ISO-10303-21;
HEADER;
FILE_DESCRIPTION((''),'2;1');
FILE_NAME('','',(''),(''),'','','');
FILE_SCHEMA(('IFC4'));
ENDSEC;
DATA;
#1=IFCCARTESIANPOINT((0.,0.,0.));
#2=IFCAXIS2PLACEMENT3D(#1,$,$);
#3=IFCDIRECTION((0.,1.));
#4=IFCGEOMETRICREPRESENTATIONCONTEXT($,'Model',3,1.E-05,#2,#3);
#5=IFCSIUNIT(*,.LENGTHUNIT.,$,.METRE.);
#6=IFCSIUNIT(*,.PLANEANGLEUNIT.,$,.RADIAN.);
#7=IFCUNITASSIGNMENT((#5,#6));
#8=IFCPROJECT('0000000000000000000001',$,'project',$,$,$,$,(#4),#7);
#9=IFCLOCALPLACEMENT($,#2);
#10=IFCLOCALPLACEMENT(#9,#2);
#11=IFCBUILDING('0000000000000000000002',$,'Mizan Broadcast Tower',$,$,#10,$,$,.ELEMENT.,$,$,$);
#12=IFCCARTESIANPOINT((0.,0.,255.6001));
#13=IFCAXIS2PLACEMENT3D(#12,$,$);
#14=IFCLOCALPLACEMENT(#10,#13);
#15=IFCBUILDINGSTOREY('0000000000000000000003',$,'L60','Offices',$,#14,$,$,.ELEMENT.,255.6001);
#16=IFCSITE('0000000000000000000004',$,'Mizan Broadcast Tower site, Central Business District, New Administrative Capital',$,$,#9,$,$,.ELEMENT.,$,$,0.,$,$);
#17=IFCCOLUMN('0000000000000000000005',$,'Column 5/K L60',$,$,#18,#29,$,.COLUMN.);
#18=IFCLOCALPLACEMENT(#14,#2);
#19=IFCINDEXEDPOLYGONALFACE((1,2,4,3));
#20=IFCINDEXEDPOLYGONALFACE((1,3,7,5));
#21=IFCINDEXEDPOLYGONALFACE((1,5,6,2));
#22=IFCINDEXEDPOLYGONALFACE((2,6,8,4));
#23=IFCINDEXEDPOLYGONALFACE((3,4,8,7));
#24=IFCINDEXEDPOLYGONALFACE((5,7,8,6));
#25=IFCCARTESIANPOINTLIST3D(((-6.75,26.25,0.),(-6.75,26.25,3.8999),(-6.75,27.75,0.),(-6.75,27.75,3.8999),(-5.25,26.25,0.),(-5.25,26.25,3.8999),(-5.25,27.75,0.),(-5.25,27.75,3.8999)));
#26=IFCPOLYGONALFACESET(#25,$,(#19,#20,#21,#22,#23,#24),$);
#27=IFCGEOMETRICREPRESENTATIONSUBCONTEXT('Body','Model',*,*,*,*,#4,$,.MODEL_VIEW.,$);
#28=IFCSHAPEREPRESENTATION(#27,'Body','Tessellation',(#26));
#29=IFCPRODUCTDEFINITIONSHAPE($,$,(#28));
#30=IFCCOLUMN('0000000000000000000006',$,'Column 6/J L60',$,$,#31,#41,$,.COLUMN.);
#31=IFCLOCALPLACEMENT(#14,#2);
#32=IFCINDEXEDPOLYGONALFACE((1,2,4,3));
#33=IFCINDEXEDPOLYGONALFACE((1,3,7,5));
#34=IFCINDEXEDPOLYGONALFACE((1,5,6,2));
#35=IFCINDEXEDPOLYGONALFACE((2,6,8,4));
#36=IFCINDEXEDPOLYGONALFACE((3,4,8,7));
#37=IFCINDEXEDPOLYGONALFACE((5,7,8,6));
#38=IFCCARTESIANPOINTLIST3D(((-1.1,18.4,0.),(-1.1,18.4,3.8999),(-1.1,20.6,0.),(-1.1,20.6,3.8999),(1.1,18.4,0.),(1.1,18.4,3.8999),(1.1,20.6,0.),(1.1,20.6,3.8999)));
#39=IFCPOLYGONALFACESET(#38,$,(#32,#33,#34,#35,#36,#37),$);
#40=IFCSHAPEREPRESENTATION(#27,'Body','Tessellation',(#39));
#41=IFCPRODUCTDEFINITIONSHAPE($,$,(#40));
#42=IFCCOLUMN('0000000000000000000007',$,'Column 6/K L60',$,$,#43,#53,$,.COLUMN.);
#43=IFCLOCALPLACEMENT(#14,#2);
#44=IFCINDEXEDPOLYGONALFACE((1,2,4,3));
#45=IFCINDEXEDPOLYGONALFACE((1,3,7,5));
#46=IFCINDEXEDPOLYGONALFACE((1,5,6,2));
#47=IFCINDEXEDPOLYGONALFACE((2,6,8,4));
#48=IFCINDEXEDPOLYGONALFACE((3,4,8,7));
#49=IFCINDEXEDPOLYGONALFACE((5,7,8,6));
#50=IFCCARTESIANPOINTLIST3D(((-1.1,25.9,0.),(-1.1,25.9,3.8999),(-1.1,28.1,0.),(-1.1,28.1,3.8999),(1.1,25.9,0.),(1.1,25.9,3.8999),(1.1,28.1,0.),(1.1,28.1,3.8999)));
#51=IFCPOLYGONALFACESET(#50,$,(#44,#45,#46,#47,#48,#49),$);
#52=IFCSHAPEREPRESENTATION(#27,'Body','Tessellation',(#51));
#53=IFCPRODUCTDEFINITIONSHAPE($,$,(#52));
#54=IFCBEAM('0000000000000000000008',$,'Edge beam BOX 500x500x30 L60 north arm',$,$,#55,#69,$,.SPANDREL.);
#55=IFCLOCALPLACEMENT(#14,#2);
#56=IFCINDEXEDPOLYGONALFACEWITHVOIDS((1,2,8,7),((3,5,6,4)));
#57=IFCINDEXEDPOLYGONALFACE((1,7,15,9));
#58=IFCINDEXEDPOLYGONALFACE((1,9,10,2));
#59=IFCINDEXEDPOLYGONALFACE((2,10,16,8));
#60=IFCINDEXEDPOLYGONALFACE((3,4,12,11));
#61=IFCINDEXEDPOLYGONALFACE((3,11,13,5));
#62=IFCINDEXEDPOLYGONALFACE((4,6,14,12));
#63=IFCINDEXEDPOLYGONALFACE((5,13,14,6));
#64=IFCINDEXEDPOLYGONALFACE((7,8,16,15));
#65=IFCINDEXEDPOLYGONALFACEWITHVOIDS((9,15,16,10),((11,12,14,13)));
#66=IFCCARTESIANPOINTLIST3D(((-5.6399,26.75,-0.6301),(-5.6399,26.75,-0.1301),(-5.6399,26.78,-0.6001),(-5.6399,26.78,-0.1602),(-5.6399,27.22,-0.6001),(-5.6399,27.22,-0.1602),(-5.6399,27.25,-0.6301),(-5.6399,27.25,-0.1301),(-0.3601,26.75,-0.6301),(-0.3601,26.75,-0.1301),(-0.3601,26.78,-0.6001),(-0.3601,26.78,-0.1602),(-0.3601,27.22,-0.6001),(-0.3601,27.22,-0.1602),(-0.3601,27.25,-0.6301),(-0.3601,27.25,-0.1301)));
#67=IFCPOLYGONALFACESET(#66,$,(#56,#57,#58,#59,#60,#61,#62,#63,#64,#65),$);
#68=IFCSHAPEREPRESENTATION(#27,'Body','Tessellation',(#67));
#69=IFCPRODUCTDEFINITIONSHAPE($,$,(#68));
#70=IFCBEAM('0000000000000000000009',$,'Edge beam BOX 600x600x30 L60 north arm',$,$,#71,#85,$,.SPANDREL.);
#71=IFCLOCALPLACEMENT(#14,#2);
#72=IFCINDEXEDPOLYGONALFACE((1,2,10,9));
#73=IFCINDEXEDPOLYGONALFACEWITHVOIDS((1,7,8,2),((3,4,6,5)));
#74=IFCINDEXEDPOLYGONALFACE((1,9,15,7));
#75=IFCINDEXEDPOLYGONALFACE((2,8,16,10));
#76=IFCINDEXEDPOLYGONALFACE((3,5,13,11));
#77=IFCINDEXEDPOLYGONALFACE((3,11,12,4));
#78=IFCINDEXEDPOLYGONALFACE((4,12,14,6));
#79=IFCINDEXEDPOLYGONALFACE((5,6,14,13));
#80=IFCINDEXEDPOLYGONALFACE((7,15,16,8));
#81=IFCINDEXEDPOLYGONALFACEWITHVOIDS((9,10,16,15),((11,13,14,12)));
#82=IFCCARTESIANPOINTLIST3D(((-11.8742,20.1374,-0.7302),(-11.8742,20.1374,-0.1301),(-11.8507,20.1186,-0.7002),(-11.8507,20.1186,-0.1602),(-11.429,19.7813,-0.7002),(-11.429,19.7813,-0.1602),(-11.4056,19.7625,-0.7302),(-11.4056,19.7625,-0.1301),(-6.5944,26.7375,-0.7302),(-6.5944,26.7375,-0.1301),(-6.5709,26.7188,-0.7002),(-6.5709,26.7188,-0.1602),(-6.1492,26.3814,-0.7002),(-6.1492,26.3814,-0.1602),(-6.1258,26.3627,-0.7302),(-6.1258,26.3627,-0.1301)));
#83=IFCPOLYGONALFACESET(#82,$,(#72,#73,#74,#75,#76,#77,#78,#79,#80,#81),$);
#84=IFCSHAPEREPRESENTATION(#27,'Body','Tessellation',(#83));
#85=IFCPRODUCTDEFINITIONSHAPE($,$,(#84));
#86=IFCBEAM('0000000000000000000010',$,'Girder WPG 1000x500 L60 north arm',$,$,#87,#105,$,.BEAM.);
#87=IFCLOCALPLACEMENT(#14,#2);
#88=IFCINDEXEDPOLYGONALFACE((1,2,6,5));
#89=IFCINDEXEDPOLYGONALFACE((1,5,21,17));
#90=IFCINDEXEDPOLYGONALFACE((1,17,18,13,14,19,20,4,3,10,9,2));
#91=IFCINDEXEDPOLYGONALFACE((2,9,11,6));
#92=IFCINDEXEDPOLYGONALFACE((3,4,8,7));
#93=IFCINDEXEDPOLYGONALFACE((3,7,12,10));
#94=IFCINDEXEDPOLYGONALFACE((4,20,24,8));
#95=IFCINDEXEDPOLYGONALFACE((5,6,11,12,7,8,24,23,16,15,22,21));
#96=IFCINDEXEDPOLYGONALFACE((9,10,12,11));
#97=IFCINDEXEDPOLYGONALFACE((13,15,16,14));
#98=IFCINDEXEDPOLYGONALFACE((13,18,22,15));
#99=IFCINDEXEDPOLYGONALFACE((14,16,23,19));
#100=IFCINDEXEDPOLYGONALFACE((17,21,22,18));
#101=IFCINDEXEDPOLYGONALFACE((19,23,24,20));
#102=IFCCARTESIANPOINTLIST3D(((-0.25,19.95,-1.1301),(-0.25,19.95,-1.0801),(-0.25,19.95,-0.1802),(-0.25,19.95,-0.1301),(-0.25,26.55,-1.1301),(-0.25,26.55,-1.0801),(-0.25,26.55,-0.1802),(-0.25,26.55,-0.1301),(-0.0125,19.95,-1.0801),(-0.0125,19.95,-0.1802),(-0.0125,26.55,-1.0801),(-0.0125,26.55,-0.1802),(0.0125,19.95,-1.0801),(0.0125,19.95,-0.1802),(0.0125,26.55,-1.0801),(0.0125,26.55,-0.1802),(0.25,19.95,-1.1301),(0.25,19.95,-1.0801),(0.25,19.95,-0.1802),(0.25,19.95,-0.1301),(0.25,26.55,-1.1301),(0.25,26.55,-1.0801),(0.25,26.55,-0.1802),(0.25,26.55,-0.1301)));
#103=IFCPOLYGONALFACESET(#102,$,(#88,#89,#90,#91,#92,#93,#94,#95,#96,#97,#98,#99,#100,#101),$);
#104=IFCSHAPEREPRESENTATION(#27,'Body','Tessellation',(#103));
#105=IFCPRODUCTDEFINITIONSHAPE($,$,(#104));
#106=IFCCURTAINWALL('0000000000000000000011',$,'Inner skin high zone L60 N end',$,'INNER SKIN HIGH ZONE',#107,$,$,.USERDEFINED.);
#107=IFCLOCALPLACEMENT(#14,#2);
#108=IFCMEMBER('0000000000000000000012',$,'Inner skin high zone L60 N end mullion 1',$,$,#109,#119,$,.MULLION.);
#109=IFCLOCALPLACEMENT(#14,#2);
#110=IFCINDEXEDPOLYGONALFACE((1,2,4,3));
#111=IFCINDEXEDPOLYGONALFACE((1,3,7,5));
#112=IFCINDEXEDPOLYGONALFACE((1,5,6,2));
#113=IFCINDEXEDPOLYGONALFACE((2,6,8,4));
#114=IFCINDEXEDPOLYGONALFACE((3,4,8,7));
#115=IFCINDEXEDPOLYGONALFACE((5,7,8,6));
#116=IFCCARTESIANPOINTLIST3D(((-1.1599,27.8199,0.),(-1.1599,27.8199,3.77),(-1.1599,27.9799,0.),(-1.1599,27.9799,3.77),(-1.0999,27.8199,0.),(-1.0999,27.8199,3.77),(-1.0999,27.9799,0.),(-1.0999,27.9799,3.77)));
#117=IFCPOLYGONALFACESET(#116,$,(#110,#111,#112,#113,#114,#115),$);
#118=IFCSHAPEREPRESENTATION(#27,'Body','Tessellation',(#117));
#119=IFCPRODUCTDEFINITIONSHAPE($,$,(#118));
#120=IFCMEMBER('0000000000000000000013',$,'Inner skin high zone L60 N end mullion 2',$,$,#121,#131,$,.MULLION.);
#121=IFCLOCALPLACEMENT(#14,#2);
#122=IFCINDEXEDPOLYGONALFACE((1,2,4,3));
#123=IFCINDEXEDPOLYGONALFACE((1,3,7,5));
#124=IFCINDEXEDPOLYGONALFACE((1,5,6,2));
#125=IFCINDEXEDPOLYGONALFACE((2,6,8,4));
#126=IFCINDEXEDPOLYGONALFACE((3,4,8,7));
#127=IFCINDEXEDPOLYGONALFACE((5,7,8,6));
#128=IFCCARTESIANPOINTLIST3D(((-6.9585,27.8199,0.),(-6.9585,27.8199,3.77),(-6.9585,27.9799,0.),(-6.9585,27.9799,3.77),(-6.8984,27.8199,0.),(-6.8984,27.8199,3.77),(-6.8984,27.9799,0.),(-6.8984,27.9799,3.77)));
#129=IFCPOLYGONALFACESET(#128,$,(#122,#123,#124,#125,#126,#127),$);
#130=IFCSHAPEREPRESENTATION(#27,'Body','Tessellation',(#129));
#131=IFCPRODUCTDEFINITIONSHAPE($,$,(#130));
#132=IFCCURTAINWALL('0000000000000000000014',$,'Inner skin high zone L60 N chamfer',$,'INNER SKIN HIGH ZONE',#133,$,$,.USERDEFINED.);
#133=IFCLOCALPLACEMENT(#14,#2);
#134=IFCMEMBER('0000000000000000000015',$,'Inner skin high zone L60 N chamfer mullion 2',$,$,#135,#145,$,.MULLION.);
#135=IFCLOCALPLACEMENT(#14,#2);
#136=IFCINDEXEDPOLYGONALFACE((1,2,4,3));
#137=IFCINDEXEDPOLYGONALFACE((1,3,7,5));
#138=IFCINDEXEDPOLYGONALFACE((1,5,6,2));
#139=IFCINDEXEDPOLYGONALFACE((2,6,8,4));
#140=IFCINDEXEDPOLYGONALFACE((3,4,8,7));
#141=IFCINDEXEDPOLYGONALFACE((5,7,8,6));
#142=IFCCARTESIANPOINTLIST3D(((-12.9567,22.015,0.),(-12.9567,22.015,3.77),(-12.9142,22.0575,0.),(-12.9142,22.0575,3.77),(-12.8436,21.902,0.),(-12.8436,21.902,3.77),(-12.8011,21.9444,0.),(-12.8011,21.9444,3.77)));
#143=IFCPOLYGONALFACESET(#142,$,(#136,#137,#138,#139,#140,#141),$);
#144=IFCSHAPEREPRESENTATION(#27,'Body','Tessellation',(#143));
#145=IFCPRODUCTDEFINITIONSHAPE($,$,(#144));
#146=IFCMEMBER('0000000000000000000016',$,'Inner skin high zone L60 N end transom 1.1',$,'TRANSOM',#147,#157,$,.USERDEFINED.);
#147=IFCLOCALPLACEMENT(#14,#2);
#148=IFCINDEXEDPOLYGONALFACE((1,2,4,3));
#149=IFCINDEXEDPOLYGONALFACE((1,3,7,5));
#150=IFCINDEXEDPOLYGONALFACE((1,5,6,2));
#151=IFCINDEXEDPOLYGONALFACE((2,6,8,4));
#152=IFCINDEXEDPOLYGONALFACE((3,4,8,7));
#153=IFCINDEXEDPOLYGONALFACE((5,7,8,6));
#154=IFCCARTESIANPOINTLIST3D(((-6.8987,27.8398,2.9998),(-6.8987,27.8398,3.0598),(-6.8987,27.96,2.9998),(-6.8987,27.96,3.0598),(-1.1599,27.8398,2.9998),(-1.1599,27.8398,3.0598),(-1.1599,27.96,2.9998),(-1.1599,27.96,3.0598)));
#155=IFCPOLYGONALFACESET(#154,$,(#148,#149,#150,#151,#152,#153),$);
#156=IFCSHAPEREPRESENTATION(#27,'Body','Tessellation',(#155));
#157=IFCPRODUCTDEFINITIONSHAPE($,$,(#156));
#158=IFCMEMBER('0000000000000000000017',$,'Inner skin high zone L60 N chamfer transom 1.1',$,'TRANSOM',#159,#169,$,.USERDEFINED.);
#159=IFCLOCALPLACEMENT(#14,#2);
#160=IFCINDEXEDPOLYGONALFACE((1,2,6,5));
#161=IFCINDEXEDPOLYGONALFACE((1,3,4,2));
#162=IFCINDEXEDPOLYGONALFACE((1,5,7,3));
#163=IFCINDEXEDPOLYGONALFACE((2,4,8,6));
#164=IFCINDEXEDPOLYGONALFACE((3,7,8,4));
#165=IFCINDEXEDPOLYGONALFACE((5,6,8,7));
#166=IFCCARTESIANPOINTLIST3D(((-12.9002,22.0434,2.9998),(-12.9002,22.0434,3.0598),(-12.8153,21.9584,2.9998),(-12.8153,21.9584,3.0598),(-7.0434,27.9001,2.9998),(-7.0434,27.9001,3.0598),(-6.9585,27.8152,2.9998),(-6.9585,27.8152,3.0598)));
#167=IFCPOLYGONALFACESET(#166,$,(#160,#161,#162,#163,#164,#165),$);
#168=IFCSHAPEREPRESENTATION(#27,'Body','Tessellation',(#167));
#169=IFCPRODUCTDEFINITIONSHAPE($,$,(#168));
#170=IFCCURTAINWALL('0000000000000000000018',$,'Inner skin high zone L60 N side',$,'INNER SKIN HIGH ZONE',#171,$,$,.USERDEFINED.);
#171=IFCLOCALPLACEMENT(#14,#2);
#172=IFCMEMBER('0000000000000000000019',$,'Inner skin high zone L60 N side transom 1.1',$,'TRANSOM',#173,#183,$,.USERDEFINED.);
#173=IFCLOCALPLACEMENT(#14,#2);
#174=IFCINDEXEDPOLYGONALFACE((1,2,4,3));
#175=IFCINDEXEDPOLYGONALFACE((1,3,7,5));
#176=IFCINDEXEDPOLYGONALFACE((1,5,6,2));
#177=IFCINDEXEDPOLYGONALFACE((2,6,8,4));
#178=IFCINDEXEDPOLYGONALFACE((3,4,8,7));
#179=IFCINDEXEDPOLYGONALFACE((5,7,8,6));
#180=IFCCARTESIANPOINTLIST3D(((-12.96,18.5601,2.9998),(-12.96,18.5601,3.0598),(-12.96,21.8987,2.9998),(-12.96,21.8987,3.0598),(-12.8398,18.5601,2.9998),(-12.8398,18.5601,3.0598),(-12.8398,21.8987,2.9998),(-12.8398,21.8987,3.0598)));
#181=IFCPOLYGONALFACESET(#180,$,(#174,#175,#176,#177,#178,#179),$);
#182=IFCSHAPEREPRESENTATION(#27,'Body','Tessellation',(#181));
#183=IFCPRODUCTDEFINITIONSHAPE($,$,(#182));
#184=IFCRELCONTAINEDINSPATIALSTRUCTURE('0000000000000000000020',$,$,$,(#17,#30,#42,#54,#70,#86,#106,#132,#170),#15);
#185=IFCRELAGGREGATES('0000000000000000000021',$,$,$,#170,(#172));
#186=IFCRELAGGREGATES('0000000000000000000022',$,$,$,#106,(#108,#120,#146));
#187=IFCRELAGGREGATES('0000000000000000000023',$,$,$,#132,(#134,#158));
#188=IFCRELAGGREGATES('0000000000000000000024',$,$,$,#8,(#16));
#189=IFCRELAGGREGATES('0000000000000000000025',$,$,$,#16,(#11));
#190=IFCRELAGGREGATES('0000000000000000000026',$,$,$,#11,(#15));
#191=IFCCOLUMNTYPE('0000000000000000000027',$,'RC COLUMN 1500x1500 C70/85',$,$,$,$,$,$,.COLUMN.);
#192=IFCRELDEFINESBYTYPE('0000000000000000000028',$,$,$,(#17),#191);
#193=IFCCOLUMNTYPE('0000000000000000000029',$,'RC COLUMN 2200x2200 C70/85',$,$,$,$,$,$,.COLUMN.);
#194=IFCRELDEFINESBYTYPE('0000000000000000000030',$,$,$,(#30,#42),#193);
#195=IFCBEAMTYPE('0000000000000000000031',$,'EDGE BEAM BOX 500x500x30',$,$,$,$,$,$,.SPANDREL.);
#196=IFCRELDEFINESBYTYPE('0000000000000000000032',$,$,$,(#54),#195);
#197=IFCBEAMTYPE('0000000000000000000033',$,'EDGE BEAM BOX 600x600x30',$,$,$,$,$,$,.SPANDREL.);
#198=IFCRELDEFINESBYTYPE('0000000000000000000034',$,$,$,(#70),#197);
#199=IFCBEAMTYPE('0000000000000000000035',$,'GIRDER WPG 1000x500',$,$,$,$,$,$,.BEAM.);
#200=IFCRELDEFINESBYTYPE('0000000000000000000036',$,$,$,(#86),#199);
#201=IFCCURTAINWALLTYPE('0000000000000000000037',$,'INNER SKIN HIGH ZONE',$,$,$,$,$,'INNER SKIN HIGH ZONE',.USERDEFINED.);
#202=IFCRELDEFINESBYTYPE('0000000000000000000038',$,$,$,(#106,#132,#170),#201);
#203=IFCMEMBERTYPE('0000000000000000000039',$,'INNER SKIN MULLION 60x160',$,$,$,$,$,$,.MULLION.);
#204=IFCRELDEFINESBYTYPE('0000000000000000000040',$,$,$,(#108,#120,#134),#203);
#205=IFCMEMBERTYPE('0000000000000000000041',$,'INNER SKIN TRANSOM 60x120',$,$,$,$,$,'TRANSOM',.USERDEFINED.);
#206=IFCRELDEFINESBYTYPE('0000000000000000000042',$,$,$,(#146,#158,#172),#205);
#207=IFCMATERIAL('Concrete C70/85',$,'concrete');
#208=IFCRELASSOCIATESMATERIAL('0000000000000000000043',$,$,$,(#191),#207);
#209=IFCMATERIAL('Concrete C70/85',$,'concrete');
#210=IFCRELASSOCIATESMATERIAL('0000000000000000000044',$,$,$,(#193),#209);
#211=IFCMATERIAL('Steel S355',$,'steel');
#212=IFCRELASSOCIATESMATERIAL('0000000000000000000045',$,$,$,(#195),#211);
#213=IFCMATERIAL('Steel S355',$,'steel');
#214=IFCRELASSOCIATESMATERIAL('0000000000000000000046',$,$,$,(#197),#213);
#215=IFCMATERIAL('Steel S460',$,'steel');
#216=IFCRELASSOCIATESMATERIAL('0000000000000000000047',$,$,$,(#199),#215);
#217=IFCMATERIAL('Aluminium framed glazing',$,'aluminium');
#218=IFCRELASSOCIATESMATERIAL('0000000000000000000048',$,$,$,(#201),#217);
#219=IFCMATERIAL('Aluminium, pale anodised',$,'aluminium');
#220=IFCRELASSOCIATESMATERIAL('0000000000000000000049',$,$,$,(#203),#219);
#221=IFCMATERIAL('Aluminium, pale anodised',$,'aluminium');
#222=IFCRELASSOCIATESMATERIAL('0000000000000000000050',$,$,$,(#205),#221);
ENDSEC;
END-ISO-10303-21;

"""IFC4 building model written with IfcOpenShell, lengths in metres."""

from ifc_helpers import new_model, si_unit, direction, frame, origin, origin_2d, place, context, subcontext, project, spatial, rectangle, hollow_rectangle, i_section, extrude, material, material_profile, profile_set, type_object, element, aggregate, save


model = new_model("IFC4")

# Units and contexts
model_context = context("Model", 3, precision=1e-05, world=origin(), true_north=direction((0.0, 1.0)))
body_context = subcontext(model_context, "Body", "Model", "MODEL_VIEW")
ifc_project = project(units=[si_unit("LENGTHUNIT", "METRE"), si_unit("PLANEANGLEUNIT", "RADIAN")], contexts=[model_context])

# Site, building, storey
site_placement = place(None, origin())
site = spatial("IfcSite", under=ifc_project, at=site_placement, Name="Mizan Broadcast Tower site, Central Business District, New Administrative Capital", CompositionType="ELEMENT", RefElevation=0.0)
building_placement = place(site_placement, origin())
building = spatial("IfcBuilding", under=site, at=building_placement, Name="Mizan Broadcast Tower", CompositionType="ELEMENT")
storey_placement = place(building_placement, frame((0.0, 0.0, 255.6001)))
storey = spatial("IfcBuildingStorey", under=building, at=storey_placement, Name="L60", Description="Offices", CompositionType="ELEMENT", Elevation=255.6001)

# Columns
ifc_material_1 = material(Name="Concrete C70/85", Category="concrete")
ifc_material_profile_1 = material_profile(ifc_material_1, rectangle(XDim=1.5, YDim=1.5, at=origin_2d()), Name="RC 1500x1500")
ifc_profile_set_1 = profile_set([ifc_material_profile_1], Name="Concrete C70/85")
column_type_1 = type_object("IfcColumnType", Name="RC COLUMN 1500x1500 C70/85", PredefinedType="COLUMN", material=ifc_profile_set_1)
column_placement = place(storey_placement, frame((-6.0, 27.0, 0.0), z_axis=(0.0, 0.0, 1.0), x_axis=(1.0, 0.0, 0.0)))
element("IfcColumn", 1, at=column_placement, inside=storey, type_object=column_type_1, Name="Column 5/K L60", PredefinedType="COLUMN", context=body_context, shape_type="SweptSolid", body=[
    extrude(rectangle(XDim=1.5, YDim=1.5, at=origin_2d()), origin(), (0.0, 0.0, 1.0), 3.8999),
])
ifc_material_2 = material(Name="Concrete C70/85", Category="concrete")
ifc_material_profile_2 = material_profile(ifc_material_2, rectangle(XDim=2.2, YDim=2.2, at=origin_2d()), Name="RC 2200x2200")
ifc_profile_set_2 = profile_set([ifc_material_profile_2], Name="Concrete C70/85")
column_type_2 = type_object("IfcColumnType", Name="RC COLUMN 2200x2200 C70/85", PredefinedType="COLUMN", material=ifc_profile_set_2)
for number, where, z_axis, x_axis, name in (
    (2, (0.0, 19.5, 0.0), (0.0, 0.0, 1.0), (1.0, 0.0, 0.0), "Column 6/J L60"),
    (3, (0.0, 27.0, 0.0), (0.0, 0.0, 1.0), (1.0, 0.0, 0.0), "Column 6/K L60"),
):
    element("IfcColumn", number, at=place(storey_placement, frame(where, z_axis=z_axis, x_axis=x_axis)), inside=storey, type_object=column_type_2, Name=name, PredefinedType="COLUMN", context=body_context, shape_type="SweptSolid", body=[
        extrude(rectangle(XDim=2.2, YDim=2.2, at=origin_2d()), origin(), (0.0, 0.0, 1.0), 3.8999),
    ])

# Beams
ifc_material_3 = material(Name="Steel S355", Category="steel")
ifc_material_profile_3 = material_profile(ifc_material_3, hollow_rectangle(XDim=0.5, YDim=0.5, WallThickness=0.03, at=origin_2d()), Name="BOX 500x500x30")
ifc_profile_set_3 = profile_set([ifc_material_profile_3], Name="Steel S355")
beam_type_1 = type_object("IfcBeamType", Name="EDGE BEAM BOX 500x500x30", PredefinedType="SPANDREL", material=ifc_profile_set_3)
beam_1_placement = place(storey_placement, frame((-5.6399, 27.0, -0.3801), z_axis=(1.0, 0.0, 0.0), x_axis=(0.0, 1.0, 0.0)))
element("IfcBeam", 4, at=beam_1_placement, inside=storey, type_object=beam_type_1, Name="Edge beam BOX 500x500x30 L60 north arm", PredefinedType="SPANDREL", context=body_context, shape_type="SweptSolid", body=[
    extrude(hollow_rectangle(XDim=0.5, YDim=0.5, WallThickness=0.03, at=origin_2d()), origin(), (0.0, 0.0, 1.0), 5.2798),
])
ifc_material_4 = material(Name="Steel S355", Category="steel")
ifc_material_profile_4 = material_profile(ifc_material_4, hollow_rectangle(XDim=0.6001, YDim=0.6001, WallThickness=0.03, at=origin_2d()), Name="BOX 600x600x30")
ifc_profile_set_4 = profile_set([ifc_material_profile_4], Name="Steel S355")
beam_type_2 = type_object("IfcBeamType", Name="EDGE BEAM BOX 600x600x30", PredefinedType="SPANDREL", material=ifc_profile_set_4)
beam_2_placement = place(storey_placement, frame((-11.6399, 19.95, -0.4302), z_axis=(0.624674, 0.780886, 0.0), x_axis=(-0.780886, 0.624674, 0.0)))
element("IfcBeam", 5, at=beam_2_placement, inside=storey, type_object=beam_type_2, Name="Edge beam BOX 600x600x30 L60 north arm", PredefinedType="SPANDREL", context=body_context, shape_type="SweptSolid", body=[
    extrude(hollow_rectangle(XDim=0.6001, YDim=0.6001, WallThickness=0.03, at=origin_2d()), origin(), (0.0, 0.0, 1.0), 8.4521),
])
ifc_material_5 = material(Name="Steel S460", Category="steel")
ifc_material_profile_5 = material_profile(ifc_material_5, i_section(OverallWidth=0.5, OverallDepth=1.0, WebThickness=0.0249, FlangeThickness=0.05, at=origin_2d()), Name="WPG 1000x500")
ifc_profile_set_5 = profile_set([ifc_material_profile_5], Name="Steel S460")
beam_type_3 = type_object("IfcBeamType", Name="GIRDER WPG 1000x500", PredefinedType="BEAM", material=ifc_profile_set_5)
beam_3_placement = place(storey_placement, frame((0.0, 19.95, -0.6301), z_axis=(0.0, 1.0, 0.0), x_axis=(-1.0, 0.0, 0.0)))
element("IfcBeam", 6, at=beam_3_placement, inside=storey, type_object=beam_type_3, Name="Girder WPG 1000x500 L60 north arm", PredefinedType="BEAM", context=body_context, shape_type="SweptSolid", body=[
    extrude(i_section(OverallWidth=0.5, OverallDepth=1.0, WebThickness=0.0249, FlangeThickness=0.05, at=origin_2d()), origin(), (0.0, 0.0, 1.0), 6.6001),
])

# Curtain wall, members
ifc_material_6 = material(Name="Aluminium framed glazing", Category="aluminium")
curtain_wall_type_1 = type_object("IfcCurtainWallType", Name="INNER SKIN HIGH ZONE", ElementType="INNER SKIN HIGH ZONE", PredefinedType="USERDEFINED", material=ifc_material_6)
curtain_wall_1_placement = place(storey_placement, origin())
curtain_wall_1 = element("IfcCurtainWall", 7, at=curtain_wall_1_placement, inside=storey, type_object=curtain_wall_type_1, Name="Inner skin high zone L60 N end", ObjectType="INNER SKIN HIGH ZONE", PredefinedType="USERDEFINED")
ifc_material_7 = material(Name="Aluminium, pale anodised", Category="aluminium")
ifc_material_profile_6 = material_profile(ifc_material_7, rectangle(XDim=0.1599, YDim=0.0601, at=origin_2d()), Name="MULLION 160x60")
ifc_profile_set_6 = profile_set([ifc_material_profile_6], Name="Aluminium, pale anodised")
member_type_1 = type_object("IfcMemberType", Name="INNER SKIN MULLION 60x160", PredefinedType="MULLION", material=ifc_profile_set_6)
member_1_placement = place(storey_placement, frame((-1.1299, 27.8999, 0.0), z_axis=(0.0, 0.0, 1.0), x_axis=(0.0, -1.0, 0.0)))
member_1 = element("IfcMember", 8, at=member_1_placement, type_object=member_type_1, Name="Inner skin high zone L60 N end mullion 1", PredefinedType="MULLION", context=body_context, shape_type="SweptSolid", body=[
    extrude(rectangle(XDim=0.1599, YDim=0.0601, at=origin_2d()), origin(), (0.0, 0.0, 1.0), 3.77),
])
member_2_placement = place(storey_placement, frame((-6.9285, 27.8999, 0.0), z_axis=(0.0, 0.0, 1.0), x_axis=(0.0, -1.0, 0.0)))
member_2 = element("IfcMember", 9, at=member_2_placement, type_object=member_type_1, Name="Inner skin high zone L60 N end mullion 2", PredefinedType="MULLION", context=body_context, shape_type="SweptSolid", body=[
    extrude(rectangle(XDim=0.1599, YDim=0.0601, at=origin_2d()), origin(), (0.0, 0.0, 1.0), 3.77),
])

# Curtain wall, member
curtain_wall_2_placement = place(storey_placement, origin())
curtain_wall_2 = element("IfcCurtainWall", 10, at=curtain_wall_2_placement, inside=storey, type_object=curtain_wall_type_1, Name="Inner skin high zone L60 N chamfer", ObjectType="INNER SKIN HIGH ZONE", PredefinedType="USERDEFINED")
member_3_placement = place(storey_placement, frame((-12.8789, 21.9797, 0.0), z_axis=(0.0, 0.0, 1.0), x_axis=(0.707107, -0.707107, 0.0)))
member_3 = element("IfcMember", 11, at=member_3_placement, type_object=member_type_1, Name="Inner skin high zone L60 N chamfer mullion 2", PredefinedType="MULLION", context=body_context, shape_type="SweptSolid", body=[
    extrude(rectangle(XDim=0.1599, YDim=0.0601, at=origin_2d()), origin(), (0.0, 0.0, 1.0), 3.77),
])

# Members
ifc_material_8 = material(Name="Aluminium, pale anodised", Category="aluminium")
ifc_material_profile_7 = material_profile(ifc_material_8, rectangle(XDim=0.1201, YDim=0.0601, at=origin_2d()), Name="TRANSOM 120x60")
ifc_profile_set_7 = profile_set([ifc_material_profile_7], Name="Aluminium, pale anodised")
member_type_2 = type_object("IfcMemberType", Name="INNER SKIN TRANSOM 60x120", ElementType="TRANSOM", PredefinedType="USERDEFINED", material=ifc_profile_set_7)
member_4_placement = place(storey_placement, frame((-1.1599, 27.8999, 3.0298), z_axis=(-1.0, 0.0, 0.0), x_axis=(0.0, -1.0, 0.0)))
member_4 = element("IfcMember", 12, at=member_4_placement, type_object=member_type_2, Name="Inner skin high zone L60 N end transom 1.1", ObjectType="TRANSOM", PredefinedType="USERDEFINED", context=body_context, shape_type="SweptSolid", body=[
    extrude(rectangle(XDim=0.1201, YDim=0.0601, at=origin_2d()), origin(), (0.0, 0.0, 1.0), 5.7388),
])
member_5_placement = place(storey_placement, frame((-7.001, 27.8577, 3.0298), z_axis=(-0.707107, -0.707107, 0.0), x_axis=(0.707107, -0.707107, 0.0)))
member_5 = element("IfcMember", 13, at=member_5_placement, type_object=member_type_2, Name="Inner skin high zone L60 N chamfer transom 1.1", ObjectType="TRANSOM", PredefinedType="USERDEFINED", context=body_context, shape_type="SweptSolid", body=[
    extrude(rectangle(XDim=0.1201, YDim=0.0601, at=origin_2d()), origin(), (0.0, 0.0, 1.0), 8.2827),
])

# Curtain wall, member
curtain_wall_3_placement = place(storey_placement, origin())
curtain_wall_3 = element("IfcCurtainWall", 14, at=curtain_wall_3_placement, inside=storey, type_object=curtain_wall_type_1, Name="Inner skin high zone L60 N side", ObjectType="INNER SKIN HIGH ZONE", PredefinedType="USERDEFINED")
member_6_placement = place(storey_placement, frame((-12.8999, 21.8987, 3.0298), z_axis=(0.0, -1.0, 0.0), x_axis=(1.0, 0.0, 0.0)))
member_6 = element("IfcMember", 15, at=member_6_placement, type_object=member_type_2, Name="Inner skin high zone L60 N side transom 1.1", ObjectType="TRANSOM", PredefinedType="USERDEFINED", context=body_context, shape_type="SweptSolid", body=[
    extrude(rectangle(XDim=0.1201, YDim=0.0601, at=origin_2d()), origin(), (0.0, 0.0, 1.0), 3.3386),
])
aggregate(curtain_wall_3, [member_6])

aggregate(curtain_wall_1, [member_1, member_2, member_4])
aggregate(curtain_wall_2, [member_3, member_5])

save(model, "model.ifc")
